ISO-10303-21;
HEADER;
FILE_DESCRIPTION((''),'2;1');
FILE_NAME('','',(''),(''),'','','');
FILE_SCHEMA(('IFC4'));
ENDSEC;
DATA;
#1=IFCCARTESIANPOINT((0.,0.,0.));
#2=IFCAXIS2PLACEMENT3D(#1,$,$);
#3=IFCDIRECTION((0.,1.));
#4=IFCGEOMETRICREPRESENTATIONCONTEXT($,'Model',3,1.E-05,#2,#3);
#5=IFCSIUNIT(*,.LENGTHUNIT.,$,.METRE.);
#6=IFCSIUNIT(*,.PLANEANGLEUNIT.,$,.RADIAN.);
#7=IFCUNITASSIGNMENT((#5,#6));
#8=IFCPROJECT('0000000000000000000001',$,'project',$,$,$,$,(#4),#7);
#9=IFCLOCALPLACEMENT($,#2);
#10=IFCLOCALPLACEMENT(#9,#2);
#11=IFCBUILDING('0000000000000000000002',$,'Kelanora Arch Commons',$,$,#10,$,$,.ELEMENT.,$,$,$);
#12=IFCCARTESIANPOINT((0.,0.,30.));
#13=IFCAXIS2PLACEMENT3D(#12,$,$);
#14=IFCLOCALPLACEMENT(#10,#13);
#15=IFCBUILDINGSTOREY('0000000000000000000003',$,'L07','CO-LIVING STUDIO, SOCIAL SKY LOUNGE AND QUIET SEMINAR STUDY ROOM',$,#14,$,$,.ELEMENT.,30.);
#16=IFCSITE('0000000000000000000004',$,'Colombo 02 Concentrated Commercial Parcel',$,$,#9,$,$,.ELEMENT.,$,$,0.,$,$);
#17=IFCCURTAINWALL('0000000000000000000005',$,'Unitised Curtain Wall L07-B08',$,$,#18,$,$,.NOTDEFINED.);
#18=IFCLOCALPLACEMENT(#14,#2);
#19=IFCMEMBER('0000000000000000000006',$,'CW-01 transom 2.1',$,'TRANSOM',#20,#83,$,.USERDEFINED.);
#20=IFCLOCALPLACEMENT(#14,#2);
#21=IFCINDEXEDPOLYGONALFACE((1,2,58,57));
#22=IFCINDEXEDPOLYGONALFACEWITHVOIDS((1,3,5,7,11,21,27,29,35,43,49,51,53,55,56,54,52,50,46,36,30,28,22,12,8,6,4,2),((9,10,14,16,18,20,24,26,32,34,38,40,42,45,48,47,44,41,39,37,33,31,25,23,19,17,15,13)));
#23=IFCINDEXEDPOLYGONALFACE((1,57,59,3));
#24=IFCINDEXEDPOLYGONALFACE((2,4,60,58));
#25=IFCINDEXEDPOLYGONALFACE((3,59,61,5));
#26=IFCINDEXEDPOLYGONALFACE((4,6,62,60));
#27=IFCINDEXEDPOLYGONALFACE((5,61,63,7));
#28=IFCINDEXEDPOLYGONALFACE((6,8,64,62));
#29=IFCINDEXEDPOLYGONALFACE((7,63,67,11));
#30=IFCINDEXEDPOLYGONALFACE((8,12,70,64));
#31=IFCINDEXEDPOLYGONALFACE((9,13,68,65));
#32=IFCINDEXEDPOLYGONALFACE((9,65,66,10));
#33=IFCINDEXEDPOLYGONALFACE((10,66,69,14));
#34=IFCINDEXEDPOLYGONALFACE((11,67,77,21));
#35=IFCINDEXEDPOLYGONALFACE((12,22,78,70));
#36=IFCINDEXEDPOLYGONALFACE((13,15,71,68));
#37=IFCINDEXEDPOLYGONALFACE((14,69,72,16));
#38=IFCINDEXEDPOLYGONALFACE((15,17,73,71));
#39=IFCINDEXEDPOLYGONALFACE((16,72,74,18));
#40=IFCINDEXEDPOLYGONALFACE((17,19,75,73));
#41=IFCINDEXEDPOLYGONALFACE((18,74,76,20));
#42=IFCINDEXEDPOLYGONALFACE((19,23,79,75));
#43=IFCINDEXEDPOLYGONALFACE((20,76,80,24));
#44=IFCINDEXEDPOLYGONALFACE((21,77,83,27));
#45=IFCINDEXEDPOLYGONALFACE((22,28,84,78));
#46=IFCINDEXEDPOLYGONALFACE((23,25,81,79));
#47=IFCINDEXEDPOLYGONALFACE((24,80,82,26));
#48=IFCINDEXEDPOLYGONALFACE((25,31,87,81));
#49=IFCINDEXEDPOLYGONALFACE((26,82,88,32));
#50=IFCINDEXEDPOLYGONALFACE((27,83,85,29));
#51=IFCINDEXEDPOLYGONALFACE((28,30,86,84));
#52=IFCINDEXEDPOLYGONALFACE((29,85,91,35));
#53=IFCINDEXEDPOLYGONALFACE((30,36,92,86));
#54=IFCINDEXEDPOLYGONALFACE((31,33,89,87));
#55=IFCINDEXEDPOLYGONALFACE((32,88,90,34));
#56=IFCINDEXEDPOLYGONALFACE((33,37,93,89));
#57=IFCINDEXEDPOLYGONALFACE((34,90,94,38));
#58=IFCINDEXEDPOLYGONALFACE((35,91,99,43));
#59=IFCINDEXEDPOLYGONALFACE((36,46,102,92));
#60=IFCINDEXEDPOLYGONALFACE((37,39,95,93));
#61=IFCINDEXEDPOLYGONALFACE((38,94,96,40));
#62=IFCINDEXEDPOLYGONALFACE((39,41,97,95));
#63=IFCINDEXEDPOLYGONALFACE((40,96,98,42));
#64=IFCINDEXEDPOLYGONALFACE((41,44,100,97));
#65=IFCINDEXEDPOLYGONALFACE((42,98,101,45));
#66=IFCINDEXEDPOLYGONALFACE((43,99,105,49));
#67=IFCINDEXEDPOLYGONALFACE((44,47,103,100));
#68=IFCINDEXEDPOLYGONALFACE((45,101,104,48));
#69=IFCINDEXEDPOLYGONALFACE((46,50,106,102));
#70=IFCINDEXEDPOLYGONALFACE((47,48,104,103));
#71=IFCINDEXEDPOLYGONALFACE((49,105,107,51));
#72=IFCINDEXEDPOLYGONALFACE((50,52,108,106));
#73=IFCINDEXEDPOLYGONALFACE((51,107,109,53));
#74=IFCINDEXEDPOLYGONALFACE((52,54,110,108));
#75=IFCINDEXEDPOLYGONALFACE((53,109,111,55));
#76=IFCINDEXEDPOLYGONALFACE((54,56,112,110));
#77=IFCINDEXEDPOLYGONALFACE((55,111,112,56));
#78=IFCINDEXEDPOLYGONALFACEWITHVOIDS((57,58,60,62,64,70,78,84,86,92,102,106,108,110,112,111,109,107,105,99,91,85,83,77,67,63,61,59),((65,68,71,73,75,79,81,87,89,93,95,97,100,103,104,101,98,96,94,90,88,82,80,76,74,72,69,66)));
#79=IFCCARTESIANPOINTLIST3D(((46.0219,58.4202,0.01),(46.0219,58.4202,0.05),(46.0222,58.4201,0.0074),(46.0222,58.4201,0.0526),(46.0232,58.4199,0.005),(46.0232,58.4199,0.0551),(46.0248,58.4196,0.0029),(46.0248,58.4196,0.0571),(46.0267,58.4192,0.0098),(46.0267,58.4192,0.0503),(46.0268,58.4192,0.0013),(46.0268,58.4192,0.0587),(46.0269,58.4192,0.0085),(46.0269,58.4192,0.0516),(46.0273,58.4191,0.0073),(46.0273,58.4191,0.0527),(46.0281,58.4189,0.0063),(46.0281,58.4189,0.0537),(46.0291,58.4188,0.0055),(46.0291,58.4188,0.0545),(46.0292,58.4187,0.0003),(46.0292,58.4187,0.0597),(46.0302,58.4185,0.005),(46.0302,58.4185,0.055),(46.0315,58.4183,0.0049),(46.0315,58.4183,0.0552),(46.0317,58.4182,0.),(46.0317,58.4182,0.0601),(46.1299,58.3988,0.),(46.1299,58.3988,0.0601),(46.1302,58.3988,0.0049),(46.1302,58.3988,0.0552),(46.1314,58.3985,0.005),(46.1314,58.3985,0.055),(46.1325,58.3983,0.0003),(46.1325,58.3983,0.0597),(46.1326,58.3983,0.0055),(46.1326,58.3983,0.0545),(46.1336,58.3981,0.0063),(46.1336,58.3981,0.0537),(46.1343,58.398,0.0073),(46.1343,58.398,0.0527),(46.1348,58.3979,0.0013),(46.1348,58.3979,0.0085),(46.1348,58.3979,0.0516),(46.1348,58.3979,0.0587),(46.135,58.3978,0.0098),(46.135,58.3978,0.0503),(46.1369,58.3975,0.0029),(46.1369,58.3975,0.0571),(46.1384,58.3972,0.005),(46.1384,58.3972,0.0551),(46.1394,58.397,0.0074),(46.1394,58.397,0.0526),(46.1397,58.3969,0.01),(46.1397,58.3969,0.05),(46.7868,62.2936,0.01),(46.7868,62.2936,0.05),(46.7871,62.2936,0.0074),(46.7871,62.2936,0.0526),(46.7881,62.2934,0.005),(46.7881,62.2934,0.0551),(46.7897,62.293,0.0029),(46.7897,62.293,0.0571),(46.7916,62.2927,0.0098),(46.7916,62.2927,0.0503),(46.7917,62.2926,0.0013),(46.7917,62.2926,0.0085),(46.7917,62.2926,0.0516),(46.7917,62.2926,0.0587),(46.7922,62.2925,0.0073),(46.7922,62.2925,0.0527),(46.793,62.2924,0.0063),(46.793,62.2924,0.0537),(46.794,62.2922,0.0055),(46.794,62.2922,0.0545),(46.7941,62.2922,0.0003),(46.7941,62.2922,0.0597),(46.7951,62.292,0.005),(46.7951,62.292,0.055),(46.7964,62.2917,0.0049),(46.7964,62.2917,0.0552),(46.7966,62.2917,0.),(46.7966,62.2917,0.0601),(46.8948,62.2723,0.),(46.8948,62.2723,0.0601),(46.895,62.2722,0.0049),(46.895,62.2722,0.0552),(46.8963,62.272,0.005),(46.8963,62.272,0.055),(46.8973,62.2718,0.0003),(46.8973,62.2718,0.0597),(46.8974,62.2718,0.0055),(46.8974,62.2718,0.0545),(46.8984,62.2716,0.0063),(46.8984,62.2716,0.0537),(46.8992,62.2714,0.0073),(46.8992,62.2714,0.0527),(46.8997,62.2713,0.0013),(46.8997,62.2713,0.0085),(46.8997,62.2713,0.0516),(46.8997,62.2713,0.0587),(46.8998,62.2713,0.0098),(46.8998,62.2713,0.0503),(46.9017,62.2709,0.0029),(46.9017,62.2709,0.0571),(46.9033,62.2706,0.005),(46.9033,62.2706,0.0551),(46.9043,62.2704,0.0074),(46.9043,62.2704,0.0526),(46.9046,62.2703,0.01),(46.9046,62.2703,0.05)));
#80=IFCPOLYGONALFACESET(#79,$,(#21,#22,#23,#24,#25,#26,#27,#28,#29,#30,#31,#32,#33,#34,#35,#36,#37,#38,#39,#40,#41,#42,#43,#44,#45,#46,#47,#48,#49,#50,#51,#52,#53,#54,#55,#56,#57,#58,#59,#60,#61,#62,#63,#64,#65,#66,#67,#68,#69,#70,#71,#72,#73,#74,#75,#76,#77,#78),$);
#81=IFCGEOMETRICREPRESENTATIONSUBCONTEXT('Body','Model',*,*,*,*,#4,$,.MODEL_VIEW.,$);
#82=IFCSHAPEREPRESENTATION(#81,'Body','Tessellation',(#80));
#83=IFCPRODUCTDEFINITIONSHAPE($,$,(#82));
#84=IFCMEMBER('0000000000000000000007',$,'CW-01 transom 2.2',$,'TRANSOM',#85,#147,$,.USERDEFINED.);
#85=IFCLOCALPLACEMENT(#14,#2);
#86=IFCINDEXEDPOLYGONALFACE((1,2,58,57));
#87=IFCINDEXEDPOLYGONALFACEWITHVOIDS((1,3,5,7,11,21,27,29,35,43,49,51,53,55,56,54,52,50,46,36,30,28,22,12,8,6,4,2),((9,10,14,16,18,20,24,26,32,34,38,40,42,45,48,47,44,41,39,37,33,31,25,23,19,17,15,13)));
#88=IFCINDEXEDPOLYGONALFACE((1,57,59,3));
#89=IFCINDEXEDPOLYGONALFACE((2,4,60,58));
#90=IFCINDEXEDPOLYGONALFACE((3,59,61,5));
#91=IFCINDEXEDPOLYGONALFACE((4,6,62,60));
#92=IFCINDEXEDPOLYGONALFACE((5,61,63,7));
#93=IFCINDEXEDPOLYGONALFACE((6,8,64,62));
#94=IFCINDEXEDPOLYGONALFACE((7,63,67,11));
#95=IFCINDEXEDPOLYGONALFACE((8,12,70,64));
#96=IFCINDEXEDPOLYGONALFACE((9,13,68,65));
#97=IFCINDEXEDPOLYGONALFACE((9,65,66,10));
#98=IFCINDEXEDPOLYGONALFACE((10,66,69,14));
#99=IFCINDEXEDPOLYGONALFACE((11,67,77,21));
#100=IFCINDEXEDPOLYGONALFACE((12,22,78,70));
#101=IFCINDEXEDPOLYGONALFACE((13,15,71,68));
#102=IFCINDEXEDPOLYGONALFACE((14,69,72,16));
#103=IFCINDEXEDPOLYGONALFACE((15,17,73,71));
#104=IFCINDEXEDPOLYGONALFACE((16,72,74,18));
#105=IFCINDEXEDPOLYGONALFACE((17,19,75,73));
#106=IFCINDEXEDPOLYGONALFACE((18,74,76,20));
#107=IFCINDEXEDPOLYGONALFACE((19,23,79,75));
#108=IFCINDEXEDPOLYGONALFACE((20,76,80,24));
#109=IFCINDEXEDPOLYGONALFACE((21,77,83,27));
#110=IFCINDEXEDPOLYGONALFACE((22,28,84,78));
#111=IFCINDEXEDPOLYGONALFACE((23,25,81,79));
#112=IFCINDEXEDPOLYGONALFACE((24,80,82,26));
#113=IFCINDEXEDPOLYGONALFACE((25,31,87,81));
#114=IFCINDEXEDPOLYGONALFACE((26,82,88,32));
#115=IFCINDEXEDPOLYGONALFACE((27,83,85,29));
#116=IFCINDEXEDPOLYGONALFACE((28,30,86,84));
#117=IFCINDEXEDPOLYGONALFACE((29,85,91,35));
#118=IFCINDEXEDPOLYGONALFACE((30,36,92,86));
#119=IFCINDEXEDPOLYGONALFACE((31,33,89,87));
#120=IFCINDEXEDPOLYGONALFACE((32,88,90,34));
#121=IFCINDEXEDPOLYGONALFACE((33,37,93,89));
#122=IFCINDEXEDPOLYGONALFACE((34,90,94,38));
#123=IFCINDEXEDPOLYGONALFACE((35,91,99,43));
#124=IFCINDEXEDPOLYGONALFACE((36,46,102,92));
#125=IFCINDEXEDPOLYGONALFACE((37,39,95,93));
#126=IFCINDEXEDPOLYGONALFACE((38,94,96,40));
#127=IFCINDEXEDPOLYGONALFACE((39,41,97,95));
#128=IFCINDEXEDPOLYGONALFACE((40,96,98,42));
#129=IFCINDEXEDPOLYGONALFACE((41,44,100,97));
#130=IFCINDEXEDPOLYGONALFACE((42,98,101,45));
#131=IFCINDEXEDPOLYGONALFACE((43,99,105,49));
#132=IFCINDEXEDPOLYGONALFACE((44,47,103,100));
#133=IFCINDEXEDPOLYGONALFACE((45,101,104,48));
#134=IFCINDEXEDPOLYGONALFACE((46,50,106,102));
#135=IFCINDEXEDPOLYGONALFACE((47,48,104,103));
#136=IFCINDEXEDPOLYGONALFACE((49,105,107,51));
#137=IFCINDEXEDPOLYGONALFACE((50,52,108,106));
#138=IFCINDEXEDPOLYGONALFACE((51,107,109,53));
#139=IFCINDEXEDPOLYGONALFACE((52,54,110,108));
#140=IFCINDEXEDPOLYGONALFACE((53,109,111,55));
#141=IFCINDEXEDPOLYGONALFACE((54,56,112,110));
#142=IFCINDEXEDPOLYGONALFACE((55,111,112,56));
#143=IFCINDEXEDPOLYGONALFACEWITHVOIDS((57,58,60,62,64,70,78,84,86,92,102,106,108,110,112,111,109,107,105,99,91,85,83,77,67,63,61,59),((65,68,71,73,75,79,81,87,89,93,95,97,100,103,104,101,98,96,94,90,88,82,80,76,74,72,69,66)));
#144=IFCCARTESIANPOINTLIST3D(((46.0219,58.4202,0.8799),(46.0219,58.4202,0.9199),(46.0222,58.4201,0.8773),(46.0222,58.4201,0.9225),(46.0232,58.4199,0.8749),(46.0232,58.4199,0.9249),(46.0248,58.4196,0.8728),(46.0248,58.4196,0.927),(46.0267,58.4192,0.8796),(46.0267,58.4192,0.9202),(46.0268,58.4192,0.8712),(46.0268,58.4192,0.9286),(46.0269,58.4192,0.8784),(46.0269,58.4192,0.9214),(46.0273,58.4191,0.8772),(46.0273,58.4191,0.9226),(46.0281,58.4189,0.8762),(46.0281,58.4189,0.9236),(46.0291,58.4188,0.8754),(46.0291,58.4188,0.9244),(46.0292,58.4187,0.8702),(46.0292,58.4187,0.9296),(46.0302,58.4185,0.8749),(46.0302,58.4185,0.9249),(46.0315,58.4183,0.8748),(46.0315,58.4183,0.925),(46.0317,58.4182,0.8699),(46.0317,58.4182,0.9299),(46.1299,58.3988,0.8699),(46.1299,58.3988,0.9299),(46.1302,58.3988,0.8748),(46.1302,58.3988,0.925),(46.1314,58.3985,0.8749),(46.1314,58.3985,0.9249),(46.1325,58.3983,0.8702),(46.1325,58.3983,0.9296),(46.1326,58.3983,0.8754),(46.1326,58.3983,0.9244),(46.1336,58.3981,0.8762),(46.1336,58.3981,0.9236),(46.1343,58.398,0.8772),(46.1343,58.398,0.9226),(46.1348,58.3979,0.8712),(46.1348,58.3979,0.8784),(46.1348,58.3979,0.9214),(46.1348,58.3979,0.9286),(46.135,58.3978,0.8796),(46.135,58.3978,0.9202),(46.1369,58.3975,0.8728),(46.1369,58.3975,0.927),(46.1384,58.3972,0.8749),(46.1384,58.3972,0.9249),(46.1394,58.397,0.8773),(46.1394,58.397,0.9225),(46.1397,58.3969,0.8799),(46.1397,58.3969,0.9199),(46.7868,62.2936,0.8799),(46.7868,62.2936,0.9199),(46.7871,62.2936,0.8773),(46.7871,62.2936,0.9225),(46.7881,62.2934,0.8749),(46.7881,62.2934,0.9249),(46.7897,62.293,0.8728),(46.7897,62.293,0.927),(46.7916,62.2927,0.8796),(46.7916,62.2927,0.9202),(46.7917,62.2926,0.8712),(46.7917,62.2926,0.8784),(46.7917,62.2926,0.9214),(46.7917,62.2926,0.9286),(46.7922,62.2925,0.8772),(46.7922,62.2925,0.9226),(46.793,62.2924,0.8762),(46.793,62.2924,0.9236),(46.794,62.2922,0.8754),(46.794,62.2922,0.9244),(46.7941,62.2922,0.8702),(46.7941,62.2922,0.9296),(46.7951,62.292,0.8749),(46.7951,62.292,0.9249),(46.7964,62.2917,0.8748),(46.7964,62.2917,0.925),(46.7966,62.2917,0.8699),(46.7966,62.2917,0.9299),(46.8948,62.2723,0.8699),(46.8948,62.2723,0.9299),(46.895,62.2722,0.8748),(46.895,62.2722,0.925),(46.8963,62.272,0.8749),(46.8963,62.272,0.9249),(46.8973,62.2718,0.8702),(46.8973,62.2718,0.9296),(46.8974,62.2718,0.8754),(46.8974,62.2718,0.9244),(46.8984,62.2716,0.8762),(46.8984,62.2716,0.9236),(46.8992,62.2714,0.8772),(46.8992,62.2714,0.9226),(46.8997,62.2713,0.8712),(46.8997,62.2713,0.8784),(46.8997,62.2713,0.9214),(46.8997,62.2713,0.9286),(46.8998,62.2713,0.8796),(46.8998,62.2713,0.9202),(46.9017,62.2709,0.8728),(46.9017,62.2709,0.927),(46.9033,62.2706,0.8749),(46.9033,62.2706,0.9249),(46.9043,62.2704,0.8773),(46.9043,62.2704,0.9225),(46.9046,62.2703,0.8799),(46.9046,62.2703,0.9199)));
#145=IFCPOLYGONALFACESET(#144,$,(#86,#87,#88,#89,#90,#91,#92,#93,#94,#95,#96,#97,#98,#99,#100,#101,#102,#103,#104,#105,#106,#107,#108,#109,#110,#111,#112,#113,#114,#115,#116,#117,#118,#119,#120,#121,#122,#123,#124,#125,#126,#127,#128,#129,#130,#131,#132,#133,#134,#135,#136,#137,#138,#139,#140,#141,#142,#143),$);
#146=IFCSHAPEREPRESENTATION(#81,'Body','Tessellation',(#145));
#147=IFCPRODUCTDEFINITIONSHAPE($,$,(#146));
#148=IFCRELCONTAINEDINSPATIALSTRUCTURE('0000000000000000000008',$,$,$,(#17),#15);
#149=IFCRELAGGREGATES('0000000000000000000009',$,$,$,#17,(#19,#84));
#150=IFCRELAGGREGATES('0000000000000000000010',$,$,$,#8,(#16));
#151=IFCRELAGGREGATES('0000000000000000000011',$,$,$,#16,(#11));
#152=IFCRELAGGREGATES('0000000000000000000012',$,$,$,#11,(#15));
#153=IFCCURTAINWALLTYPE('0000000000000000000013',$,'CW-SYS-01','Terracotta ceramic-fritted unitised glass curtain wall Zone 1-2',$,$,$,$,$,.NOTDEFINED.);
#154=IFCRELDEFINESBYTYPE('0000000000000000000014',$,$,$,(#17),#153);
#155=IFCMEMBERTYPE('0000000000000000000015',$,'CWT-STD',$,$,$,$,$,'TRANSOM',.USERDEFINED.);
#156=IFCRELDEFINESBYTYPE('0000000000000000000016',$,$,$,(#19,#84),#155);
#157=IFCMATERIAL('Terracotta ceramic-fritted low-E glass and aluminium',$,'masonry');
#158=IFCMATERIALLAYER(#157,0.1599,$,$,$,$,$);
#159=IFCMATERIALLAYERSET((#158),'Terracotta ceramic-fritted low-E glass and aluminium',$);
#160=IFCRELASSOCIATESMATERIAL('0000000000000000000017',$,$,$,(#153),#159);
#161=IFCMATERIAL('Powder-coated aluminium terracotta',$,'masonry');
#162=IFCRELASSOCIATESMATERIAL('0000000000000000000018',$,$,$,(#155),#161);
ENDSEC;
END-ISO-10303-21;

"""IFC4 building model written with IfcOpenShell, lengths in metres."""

from ifc_helpers import new_model, si_unit, direction, frame, origin, origin_2d, place, context, subcontext, project, spatial, hollow_rectangle, extrude, material, layer, layer_set, material_profile, profile_set, type_object, element, aggregate, save


model = new_model("IFC4")

# Units and contexts
model_context = context("Model", 3, precision=1e-05, world=origin(), true_north=direction((0.0, 1.0)))
body_context = subcontext(model_context, "Body", "Model", "MODEL_VIEW")
ifc_project = project(units=[si_unit("LENGTHUNIT", "METRE"), si_unit("PLANEANGLEUNIT", "RADIAN")], contexts=[model_context])

# Site, building, storey
site_placement = place(None, origin())
site = spatial("IfcSite", under=ifc_project, at=site_placement, Name="Colombo 02 Concentrated Commercial Parcel", CompositionType="ELEMENT", RefElevation=0.0)
building_placement = place(site_placement, origin())
building = spatial("IfcBuilding", under=site, at=building_placement, Name="Kelanora Arch Commons", CompositionType="ELEMENT")
storey_placement = place(building_placement, frame((0.0, 0.0, 30.0)))
storey = spatial("IfcBuildingStorey", under=building, at=storey_placement, Name="L07", Description="CO-LIVING STUDIO, SOCIAL SKY LOUNGE AND QUIET SEMINAR STUDY ROOM", CompositionType="ELEMENT", Elevation=30.0)

# Curtain wall, members
ifc_material_1 = material(Name="Terracotta ceramic-fritted low-E glass and aluminium", Category="masonry")
ifc_layer_1 = layer(ifc_material_1, 0.1599)
ifc_layer_set_1 = layer_set([ifc_layer_1], Name="Terracotta ceramic-fritted low-E glass and aluminium")
curtain_wall_type = type_object("IfcCurtainWallType", Name="CW-SYS-01", Description="Terracotta ceramic-fritted unitised glass curtain wall Zone 1-2", PredefinedType="NOTDEFINED", material=ifc_layer_set_1)
curtain_wall_placement = place(storey_placement, origin())
curtain_wall = element("IfcCurtainWall", 1, at=curtain_wall_placement, inside=storey, type_object=curtain_wall_type, Name="Unitised Curtain Wall L07-B08", PredefinedType="NOTDEFINED")
ifc_material_2 = material(Name="Powder-coated aluminium terracotta", Category="masonry")
ifc_material_profile_1 = material_profile(ifc_material_2, hollow_rectangle(XDim=0.1201, YDim=0.0601, WallThickness=0.0049, InnerFilletRadius=0.0049, OuterFilletRadius=0.01, at=origin_2d()), Name="CWT120x60")
ifc_profile_set_1 = profile_set([ifc_material_profile_1], Name="Powder-coated aluminium terracotta")
member_type_1 = type_object("IfcMemberType", Name="CWT-STD", ElementType="TRANSOM", PredefinedType="USERDEFINED", material=ifc_profile_set_1)
member_1_placement = place(storey_placement, frame((46.8457, 62.282, 0.03), z_axis=(-0.193725, -0.981056, 0.0), x_axis=(0.981056, -0.193725, 0.0)))
member_1 = element("IfcMember", 2, at=member_1_placement, type_object=member_type_1, Name="CW-01 transom 2.1", ObjectType="TRANSOM", PredefinedType="USERDEFINED", context=body_context, shape_type="SweptSolid", body=[
    extrude(hollow_rectangle(XDim=0.1201, YDim=0.0601, WallThickness=0.0049, InnerFilletRadius=0.0049, OuterFilletRadius=0.01, at=origin_2d()), origin(), (0.0, 0.0, 1.0), 3.9482),
])
member_2_placement = place(storey_placement, frame((46.8457, 62.282, 0.8999), z_axis=(-0.193725, -0.981056, 0.0), x_axis=(0.981056, -0.193725, 0.0)))
member_2 = element("IfcMember", 3, at=member_2_placement, type_object=member_type_1, Name="CW-01 transom 2.2", ObjectType="TRANSOM", PredefinedType="USERDEFINED", context=body_context, shape_type="SweptSolid", body=[
    extrude(hollow_rectangle(XDim=0.1201, YDim=0.0601, WallThickness=0.0049, InnerFilletRadius=0.0049, OuterFilletRadius=0.01, at=origin_2d()), origin(), (0.0, 0.0, 1.0), 3.9482),
])
aggregate(curtain_wall, [member_1, member_2])

save(model, "model.ifc")
